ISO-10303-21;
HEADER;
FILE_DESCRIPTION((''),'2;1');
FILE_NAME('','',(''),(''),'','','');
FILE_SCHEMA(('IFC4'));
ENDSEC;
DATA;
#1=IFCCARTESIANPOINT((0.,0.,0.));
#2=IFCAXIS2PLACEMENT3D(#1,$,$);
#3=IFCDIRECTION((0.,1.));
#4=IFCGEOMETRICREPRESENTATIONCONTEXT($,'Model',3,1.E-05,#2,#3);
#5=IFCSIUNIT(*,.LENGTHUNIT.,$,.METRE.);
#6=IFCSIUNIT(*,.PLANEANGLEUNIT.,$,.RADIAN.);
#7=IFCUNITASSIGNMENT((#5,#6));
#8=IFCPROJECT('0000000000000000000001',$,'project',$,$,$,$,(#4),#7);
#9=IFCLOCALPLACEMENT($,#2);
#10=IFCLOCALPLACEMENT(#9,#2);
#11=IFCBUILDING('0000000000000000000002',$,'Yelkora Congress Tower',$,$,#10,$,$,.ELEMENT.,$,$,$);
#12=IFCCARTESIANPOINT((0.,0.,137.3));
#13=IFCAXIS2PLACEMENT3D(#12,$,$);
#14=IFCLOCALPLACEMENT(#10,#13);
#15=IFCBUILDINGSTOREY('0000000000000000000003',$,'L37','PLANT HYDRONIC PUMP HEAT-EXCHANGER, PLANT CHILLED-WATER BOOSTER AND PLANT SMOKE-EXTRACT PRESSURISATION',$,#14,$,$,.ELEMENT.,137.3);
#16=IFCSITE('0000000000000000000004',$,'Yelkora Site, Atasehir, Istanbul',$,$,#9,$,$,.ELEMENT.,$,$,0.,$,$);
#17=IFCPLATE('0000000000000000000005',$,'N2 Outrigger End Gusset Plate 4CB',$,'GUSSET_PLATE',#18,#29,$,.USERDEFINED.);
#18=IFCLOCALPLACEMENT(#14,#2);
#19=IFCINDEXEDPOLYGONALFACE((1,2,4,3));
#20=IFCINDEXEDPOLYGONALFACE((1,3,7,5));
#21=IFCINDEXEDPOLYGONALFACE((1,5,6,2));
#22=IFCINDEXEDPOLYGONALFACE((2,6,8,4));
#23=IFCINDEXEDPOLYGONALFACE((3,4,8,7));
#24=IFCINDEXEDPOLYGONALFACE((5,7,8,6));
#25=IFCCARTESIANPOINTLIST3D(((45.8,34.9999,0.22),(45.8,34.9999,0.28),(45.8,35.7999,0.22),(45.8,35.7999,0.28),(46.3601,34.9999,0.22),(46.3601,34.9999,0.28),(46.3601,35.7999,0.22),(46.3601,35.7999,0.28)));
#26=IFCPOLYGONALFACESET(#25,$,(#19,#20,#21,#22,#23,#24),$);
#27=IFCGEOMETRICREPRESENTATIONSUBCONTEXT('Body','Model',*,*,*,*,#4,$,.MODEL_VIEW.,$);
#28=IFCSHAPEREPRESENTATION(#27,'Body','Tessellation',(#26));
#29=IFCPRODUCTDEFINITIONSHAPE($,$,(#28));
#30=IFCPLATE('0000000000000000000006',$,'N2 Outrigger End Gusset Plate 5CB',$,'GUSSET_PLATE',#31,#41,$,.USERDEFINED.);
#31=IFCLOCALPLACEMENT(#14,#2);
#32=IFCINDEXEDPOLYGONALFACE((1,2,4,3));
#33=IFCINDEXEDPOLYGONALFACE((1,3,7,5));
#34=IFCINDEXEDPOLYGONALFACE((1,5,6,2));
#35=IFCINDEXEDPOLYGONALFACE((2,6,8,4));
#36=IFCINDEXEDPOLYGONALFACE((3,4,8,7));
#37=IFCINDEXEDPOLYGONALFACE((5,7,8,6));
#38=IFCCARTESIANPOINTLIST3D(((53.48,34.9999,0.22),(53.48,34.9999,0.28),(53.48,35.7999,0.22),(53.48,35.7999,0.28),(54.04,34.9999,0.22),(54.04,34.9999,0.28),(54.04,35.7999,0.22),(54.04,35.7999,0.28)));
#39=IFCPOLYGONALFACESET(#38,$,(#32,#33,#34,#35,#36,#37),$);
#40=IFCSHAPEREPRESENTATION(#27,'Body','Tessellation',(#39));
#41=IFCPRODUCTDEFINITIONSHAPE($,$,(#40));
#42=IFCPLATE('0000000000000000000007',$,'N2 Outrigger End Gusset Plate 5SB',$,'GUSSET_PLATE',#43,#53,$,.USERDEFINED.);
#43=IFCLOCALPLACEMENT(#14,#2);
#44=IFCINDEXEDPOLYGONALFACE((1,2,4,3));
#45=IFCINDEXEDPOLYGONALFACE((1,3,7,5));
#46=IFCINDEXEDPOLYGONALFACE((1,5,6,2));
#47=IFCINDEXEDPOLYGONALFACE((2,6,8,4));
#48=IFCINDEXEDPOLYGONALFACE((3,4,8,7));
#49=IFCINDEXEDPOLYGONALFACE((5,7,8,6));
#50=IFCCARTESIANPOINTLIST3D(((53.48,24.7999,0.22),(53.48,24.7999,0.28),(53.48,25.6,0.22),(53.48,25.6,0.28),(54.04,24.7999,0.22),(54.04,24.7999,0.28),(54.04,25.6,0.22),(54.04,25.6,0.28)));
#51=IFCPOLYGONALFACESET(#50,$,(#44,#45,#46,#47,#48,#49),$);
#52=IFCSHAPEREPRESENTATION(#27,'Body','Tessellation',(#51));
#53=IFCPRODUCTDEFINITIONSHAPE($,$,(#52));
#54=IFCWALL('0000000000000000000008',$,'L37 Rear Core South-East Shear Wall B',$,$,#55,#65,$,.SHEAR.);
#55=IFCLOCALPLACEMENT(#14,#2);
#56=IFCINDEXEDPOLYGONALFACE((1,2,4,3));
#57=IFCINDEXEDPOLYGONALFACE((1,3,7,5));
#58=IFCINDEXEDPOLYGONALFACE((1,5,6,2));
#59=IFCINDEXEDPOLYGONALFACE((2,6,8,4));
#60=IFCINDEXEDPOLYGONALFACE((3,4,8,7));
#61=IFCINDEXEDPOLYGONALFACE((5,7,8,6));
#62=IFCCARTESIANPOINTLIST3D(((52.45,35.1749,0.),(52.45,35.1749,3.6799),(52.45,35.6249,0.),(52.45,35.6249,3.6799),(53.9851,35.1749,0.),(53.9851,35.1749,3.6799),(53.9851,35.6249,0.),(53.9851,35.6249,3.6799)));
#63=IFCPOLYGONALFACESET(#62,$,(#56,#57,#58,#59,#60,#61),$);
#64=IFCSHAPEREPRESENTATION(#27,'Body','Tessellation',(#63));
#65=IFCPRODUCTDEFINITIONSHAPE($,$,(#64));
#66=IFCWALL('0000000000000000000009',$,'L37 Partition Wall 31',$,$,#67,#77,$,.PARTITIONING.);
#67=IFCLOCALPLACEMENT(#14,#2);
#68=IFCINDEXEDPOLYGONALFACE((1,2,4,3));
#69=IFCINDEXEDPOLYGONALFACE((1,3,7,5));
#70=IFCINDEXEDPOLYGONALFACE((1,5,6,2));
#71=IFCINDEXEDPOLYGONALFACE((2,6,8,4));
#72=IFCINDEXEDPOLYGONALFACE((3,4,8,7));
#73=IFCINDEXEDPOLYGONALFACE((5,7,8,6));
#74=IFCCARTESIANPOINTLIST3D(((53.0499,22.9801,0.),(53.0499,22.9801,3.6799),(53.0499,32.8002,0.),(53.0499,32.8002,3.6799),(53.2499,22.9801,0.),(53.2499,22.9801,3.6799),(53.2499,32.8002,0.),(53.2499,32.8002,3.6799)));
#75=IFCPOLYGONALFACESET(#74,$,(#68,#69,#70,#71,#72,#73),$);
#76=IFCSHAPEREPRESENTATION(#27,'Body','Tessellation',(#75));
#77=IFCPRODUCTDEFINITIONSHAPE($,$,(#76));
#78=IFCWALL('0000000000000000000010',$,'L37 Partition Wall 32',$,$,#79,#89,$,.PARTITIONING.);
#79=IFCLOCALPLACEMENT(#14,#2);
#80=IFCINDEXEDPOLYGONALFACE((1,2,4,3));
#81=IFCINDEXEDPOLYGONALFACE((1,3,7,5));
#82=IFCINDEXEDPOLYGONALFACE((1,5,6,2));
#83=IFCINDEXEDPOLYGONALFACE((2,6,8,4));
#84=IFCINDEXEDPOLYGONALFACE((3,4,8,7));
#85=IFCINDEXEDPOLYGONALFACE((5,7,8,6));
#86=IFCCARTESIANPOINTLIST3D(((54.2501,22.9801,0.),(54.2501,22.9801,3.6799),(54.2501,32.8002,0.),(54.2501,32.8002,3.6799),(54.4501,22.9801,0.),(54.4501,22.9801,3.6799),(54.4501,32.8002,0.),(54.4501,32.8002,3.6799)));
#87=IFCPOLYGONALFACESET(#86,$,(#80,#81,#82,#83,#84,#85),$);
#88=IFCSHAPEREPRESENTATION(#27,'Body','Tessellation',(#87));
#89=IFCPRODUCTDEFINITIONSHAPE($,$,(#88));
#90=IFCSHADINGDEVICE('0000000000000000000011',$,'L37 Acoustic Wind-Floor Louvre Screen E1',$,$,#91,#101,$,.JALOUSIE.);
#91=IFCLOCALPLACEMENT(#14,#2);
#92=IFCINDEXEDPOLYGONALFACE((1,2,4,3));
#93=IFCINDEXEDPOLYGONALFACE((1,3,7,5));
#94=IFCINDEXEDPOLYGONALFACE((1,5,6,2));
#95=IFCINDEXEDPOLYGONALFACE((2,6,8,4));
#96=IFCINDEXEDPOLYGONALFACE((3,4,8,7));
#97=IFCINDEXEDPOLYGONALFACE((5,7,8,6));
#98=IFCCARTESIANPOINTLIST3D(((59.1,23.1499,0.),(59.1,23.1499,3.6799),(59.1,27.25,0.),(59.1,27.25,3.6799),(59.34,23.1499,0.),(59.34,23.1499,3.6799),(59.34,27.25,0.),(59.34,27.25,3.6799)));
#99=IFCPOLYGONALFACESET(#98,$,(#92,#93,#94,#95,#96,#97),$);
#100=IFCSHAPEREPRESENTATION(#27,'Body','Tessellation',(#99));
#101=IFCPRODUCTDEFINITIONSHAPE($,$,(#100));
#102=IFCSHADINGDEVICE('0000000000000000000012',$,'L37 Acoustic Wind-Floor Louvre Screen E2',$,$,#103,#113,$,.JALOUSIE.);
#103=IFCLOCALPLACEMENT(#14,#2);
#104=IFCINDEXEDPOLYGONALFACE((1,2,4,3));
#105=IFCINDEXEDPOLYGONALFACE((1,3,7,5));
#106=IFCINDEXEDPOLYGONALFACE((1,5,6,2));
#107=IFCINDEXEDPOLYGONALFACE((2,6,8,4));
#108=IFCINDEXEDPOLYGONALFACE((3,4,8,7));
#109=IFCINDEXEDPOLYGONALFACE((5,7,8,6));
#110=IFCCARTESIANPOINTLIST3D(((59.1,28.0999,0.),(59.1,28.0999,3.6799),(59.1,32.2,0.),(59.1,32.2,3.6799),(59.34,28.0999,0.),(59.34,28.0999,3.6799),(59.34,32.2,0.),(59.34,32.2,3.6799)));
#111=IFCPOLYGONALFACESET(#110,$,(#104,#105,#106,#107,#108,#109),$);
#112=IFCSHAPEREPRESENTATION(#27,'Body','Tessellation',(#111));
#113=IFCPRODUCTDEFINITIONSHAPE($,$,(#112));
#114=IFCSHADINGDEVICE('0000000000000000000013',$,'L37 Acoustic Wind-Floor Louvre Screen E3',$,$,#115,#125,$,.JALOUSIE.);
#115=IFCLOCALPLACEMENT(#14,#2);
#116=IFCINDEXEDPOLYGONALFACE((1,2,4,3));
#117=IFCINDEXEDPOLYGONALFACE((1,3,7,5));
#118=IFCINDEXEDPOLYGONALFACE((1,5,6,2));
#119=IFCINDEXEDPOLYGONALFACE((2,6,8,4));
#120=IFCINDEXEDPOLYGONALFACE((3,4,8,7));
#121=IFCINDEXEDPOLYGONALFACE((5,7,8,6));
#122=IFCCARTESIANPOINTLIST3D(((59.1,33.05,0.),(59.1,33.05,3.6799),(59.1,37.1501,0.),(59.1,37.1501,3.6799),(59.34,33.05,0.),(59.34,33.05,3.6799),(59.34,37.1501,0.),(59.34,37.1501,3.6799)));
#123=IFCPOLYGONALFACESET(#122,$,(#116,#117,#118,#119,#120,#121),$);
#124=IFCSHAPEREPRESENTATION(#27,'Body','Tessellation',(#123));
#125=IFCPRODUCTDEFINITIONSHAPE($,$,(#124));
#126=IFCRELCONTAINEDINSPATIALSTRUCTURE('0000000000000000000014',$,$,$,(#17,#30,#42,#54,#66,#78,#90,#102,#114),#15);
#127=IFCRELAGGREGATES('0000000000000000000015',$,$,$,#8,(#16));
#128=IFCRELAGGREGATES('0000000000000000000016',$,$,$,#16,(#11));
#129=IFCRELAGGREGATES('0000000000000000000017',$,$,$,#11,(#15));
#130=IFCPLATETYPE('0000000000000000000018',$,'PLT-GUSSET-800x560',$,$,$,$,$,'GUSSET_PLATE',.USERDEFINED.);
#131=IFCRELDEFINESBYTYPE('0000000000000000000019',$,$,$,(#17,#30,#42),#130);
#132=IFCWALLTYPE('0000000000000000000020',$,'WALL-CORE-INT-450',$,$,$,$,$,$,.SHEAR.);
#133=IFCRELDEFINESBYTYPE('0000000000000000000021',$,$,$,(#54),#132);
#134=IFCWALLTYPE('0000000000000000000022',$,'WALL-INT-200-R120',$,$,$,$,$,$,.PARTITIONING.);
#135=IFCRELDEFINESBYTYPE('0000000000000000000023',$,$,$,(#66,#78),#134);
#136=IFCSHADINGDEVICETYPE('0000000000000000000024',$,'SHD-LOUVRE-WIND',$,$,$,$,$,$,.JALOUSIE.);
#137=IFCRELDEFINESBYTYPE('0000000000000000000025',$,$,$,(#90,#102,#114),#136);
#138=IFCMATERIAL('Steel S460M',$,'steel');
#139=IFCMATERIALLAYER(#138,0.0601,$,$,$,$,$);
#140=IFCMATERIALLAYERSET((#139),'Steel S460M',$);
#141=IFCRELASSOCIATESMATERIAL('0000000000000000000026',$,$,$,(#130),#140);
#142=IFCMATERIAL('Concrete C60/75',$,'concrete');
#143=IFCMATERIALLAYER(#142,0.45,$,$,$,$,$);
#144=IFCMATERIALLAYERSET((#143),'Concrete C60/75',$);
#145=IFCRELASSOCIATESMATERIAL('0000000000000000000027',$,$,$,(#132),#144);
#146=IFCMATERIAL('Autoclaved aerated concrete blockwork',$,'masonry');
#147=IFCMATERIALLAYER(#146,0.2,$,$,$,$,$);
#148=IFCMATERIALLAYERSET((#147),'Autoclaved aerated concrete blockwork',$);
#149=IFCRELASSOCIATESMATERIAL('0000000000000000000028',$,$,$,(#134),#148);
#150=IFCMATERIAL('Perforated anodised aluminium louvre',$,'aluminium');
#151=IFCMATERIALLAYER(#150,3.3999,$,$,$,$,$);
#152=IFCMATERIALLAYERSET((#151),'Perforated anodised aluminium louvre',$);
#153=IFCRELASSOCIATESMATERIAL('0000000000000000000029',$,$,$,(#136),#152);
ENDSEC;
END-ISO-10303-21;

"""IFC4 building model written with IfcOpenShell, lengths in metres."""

from ifc_helpers import new_model, si_unit, direction, frame, frame_2d, origin, origin_2d, place, context, subcontext, project, spatial, rectangle, extrude, material, layer, layer_set, type_object, element, save


model = new_model("IFC4")

# Units and contexts
model_context = context("Model", 3, precision=1e-05, world=origin(), true_north=direction((0.0, 1.0)))
body_context = subcontext(model_context, "Body", "Model", "MODEL_VIEW")
ifc_project = project(units=[si_unit("LENGTHUNIT", "METRE"), si_unit("PLANEANGLEUNIT", "RADIAN")], contexts=[model_context])

# Site, building, storey
site_placement = place(None, origin())
site = spatial("IfcSite", under=ifc_project, at=site_placement, Name="Yelkora Site, Atasehir, Istanbul", CompositionType="ELEMENT", RefElevation=0.0)
building_placement = place(site_placement, origin())
building = spatial("IfcBuilding", under=site, at=building_placement, Name="Yelkora Congress Tower", CompositionType="ELEMENT")
storey_placement = place(building_placement, frame((0.0, 0.0, 137.3)))
storey = spatial("IfcBuildingStorey", under=building, at=storey_placement, Name="L37", Description="PLANT HYDRONIC PUMP HEAT-EXCHANGER, PLANT CHILLED-WATER BOOSTER AND PLANT SMOKE-EXTRACT PRESSURISATION", CompositionType="ELEMENT", Elevation=137.3)

# Shared definitions
ifc_material_1 = material(Name="Steel S460M", Category="steel")

# Plates
ifc_layer_1 = layer(ifc_material_1, 0.0601)
ifc_layer_set_1 = layer_set([ifc_layer_1], Name="Steel S460M")
plate_type = type_object("IfcPlateType", Name="PLT-GUSSET-800x560", ElementType="GUSSET_PLATE", PredefinedType="USERDEFINED", material=ifc_layer_set_1)
for number, where, z_axis, x_axis, name in (
    (1, (46.0801, 35.3999, 0.22), (0.0, 0.0, 1.0), (0.0, 1.0, 0.0), "N2 Outrigger End Gusset Plate 4CB"),
    (2, (53.76, 35.3999, 0.22), (0.0, 0.0, 1.0), (0.0, 1.0, 0.0), "N2 Outrigger End Gusset Plate 5CB"),
    (3, (53.76, 25.2, 0.22), (0.0, 0.0, 1.0), (0.0, 1.0, 0.0), "N2 Outrigger End Gusset Plate 5SB"),
):
    element("IfcPlate", number, at=place(storey_placement, frame(where, z_axis=z_axis, x_axis=x_axis)), inside=storey, type_object=plate_type, Name=name, ObjectType="GUSSET_PLATE", PredefinedType="USERDEFINED", context=body_context, shape_type="SweptSolid", body=[
        extrude(rectangle(XDim=0.8, YDim=0.5601, at=origin_2d()), origin(), (0.0, 0.0, 1.0), 0.0601),
    ])

# Wall
ifc_material_2 = material(Name="Concrete C60/75", Category="concrete")
ifc_layer_2 = layer(ifc_material_2, 0.45)
ifc_layer_set_2 = layer_set([ifc_layer_2], Name="Concrete C60/75")
wall_type_1 = type_object("IfcWallType", Name="WALL-CORE-INT-450", PredefinedType="SHEAR", material=ifc_layer_set_2)
wall_1_placement = place(storey_placement, frame((52.45, 35.3999, 0.0), z_axis=(0.0, 0.0, 1.0), x_axis=(1.0, 0.0, 0.0)))
element("IfcWall", 4, at=wall_1_placement, inside=storey, type_object=wall_type_1, Name="L37 Rear Core South-East Shear Wall B", PredefinedType="SHEAR", context=body_context, shape_type="SweptSolid", body=[
    extrude(rectangle(XDim=1.5352, YDim=0.45, at=frame_2d((0.7676, 0.0))), origin(), (0.0, 0.0, 1.0), 3.6799),
])

# Shared definitions
ifc_material_3 = material(Name="Autoclaved aerated concrete blockwork", Category="masonry")
ifc_layer_3 = layer(ifc_material_3, 0.2)
ifc_layer_set_3 = layer_set([ifc_layer_3], Name="Autoclaved aerated concrete blockwork")
wall_type_2 = type_object("IfcWallType", Name="WALL-INT-200-R120", PredefinedType="PARTITIONING", material=ifc_layer_set_3)

# Walls
for number, where, z_axis, x_axis, name in (
    (5, (53.1499, 22.98, 0.0), (0.0, 0.0, 1.0), (0.0, 1.0, 0.0), "L37 Partition Wall 31"),
    (6, (54.3501, 22.98, 0.0), (0.0, 0.0, 1.0), (0.0, 1.0, 0.0), "L37 Partition Wall 32"),
):
    element("IfcWall", number, at=place(storey_placement, frame(where, z_axis=z_axis, x_axis=x_axis)), inside=storey, type_object=wall_type_2, Name=name, PredefinedType="PARTITIONING", context=body_context, shape_type="SweptSolid", body=[
        extrude(rectangle(XDim=9.8201, YDim=0.2, at=frame_2d((4.9102, 0.0))), origin(), (0.0, 0.0, 1.0), 3.6799),
    ])

# Shading devices
ifc_material_4 = material(Name="Perforated anodised aluminium louvre", Category="aluminium")
ifc_layer_4 = layer(ifc_material_4, 3.3999)
ifc_layer_set_4 = layer_set([ifc_layer_4], Name="Perforated anodised aluminium louvre")
shading_device_type = type_object("IfcShadingDeviceType", Name="SHD-LOUVRE-WIND", PredefinedType="JALOUSIE", material=ifc_layer_set_4)
for number, where, z_axis, x_axis, name in (
    (7, (59.22, 25.2, 0.0), (0.0, 0.0, 1.0), (1.0, 0.0, 0.0), "L37 Acoustic Wind-Floor Louvre Screen E1"),
    (8, (59.22, 30.1499, 0.0), (0.0, 0.0, 1.0), (1.0, 0.0, 0.0), "L37 Acoustic Wind-Floor Louvre Screen E2"),
    (9, (59.22, 35.1001, 0.0), (0.0, 0.0, 1.0), (1.0, 0.0, 0.0), "L37 Acoustic Wind-Floor Louvre Screen E3"),
):
    element("IfcShadingDevice", number, at=place(storey_placement, frame(where, z_axis=z_axis, x_axis=x_axis)), inside=storey, type_object=shading_device_type, Name=name, PredefinedType="JALOUSIE", context=body_context, shape_type="SweptSolid", body=[
        extrude(rectangle(XDim=0.24, YDim=4.1001, at=origin_2d()), origin(), (0.0, 0.0, 1.0), 3.6799),
    ])

save(model, "model.ifc")
